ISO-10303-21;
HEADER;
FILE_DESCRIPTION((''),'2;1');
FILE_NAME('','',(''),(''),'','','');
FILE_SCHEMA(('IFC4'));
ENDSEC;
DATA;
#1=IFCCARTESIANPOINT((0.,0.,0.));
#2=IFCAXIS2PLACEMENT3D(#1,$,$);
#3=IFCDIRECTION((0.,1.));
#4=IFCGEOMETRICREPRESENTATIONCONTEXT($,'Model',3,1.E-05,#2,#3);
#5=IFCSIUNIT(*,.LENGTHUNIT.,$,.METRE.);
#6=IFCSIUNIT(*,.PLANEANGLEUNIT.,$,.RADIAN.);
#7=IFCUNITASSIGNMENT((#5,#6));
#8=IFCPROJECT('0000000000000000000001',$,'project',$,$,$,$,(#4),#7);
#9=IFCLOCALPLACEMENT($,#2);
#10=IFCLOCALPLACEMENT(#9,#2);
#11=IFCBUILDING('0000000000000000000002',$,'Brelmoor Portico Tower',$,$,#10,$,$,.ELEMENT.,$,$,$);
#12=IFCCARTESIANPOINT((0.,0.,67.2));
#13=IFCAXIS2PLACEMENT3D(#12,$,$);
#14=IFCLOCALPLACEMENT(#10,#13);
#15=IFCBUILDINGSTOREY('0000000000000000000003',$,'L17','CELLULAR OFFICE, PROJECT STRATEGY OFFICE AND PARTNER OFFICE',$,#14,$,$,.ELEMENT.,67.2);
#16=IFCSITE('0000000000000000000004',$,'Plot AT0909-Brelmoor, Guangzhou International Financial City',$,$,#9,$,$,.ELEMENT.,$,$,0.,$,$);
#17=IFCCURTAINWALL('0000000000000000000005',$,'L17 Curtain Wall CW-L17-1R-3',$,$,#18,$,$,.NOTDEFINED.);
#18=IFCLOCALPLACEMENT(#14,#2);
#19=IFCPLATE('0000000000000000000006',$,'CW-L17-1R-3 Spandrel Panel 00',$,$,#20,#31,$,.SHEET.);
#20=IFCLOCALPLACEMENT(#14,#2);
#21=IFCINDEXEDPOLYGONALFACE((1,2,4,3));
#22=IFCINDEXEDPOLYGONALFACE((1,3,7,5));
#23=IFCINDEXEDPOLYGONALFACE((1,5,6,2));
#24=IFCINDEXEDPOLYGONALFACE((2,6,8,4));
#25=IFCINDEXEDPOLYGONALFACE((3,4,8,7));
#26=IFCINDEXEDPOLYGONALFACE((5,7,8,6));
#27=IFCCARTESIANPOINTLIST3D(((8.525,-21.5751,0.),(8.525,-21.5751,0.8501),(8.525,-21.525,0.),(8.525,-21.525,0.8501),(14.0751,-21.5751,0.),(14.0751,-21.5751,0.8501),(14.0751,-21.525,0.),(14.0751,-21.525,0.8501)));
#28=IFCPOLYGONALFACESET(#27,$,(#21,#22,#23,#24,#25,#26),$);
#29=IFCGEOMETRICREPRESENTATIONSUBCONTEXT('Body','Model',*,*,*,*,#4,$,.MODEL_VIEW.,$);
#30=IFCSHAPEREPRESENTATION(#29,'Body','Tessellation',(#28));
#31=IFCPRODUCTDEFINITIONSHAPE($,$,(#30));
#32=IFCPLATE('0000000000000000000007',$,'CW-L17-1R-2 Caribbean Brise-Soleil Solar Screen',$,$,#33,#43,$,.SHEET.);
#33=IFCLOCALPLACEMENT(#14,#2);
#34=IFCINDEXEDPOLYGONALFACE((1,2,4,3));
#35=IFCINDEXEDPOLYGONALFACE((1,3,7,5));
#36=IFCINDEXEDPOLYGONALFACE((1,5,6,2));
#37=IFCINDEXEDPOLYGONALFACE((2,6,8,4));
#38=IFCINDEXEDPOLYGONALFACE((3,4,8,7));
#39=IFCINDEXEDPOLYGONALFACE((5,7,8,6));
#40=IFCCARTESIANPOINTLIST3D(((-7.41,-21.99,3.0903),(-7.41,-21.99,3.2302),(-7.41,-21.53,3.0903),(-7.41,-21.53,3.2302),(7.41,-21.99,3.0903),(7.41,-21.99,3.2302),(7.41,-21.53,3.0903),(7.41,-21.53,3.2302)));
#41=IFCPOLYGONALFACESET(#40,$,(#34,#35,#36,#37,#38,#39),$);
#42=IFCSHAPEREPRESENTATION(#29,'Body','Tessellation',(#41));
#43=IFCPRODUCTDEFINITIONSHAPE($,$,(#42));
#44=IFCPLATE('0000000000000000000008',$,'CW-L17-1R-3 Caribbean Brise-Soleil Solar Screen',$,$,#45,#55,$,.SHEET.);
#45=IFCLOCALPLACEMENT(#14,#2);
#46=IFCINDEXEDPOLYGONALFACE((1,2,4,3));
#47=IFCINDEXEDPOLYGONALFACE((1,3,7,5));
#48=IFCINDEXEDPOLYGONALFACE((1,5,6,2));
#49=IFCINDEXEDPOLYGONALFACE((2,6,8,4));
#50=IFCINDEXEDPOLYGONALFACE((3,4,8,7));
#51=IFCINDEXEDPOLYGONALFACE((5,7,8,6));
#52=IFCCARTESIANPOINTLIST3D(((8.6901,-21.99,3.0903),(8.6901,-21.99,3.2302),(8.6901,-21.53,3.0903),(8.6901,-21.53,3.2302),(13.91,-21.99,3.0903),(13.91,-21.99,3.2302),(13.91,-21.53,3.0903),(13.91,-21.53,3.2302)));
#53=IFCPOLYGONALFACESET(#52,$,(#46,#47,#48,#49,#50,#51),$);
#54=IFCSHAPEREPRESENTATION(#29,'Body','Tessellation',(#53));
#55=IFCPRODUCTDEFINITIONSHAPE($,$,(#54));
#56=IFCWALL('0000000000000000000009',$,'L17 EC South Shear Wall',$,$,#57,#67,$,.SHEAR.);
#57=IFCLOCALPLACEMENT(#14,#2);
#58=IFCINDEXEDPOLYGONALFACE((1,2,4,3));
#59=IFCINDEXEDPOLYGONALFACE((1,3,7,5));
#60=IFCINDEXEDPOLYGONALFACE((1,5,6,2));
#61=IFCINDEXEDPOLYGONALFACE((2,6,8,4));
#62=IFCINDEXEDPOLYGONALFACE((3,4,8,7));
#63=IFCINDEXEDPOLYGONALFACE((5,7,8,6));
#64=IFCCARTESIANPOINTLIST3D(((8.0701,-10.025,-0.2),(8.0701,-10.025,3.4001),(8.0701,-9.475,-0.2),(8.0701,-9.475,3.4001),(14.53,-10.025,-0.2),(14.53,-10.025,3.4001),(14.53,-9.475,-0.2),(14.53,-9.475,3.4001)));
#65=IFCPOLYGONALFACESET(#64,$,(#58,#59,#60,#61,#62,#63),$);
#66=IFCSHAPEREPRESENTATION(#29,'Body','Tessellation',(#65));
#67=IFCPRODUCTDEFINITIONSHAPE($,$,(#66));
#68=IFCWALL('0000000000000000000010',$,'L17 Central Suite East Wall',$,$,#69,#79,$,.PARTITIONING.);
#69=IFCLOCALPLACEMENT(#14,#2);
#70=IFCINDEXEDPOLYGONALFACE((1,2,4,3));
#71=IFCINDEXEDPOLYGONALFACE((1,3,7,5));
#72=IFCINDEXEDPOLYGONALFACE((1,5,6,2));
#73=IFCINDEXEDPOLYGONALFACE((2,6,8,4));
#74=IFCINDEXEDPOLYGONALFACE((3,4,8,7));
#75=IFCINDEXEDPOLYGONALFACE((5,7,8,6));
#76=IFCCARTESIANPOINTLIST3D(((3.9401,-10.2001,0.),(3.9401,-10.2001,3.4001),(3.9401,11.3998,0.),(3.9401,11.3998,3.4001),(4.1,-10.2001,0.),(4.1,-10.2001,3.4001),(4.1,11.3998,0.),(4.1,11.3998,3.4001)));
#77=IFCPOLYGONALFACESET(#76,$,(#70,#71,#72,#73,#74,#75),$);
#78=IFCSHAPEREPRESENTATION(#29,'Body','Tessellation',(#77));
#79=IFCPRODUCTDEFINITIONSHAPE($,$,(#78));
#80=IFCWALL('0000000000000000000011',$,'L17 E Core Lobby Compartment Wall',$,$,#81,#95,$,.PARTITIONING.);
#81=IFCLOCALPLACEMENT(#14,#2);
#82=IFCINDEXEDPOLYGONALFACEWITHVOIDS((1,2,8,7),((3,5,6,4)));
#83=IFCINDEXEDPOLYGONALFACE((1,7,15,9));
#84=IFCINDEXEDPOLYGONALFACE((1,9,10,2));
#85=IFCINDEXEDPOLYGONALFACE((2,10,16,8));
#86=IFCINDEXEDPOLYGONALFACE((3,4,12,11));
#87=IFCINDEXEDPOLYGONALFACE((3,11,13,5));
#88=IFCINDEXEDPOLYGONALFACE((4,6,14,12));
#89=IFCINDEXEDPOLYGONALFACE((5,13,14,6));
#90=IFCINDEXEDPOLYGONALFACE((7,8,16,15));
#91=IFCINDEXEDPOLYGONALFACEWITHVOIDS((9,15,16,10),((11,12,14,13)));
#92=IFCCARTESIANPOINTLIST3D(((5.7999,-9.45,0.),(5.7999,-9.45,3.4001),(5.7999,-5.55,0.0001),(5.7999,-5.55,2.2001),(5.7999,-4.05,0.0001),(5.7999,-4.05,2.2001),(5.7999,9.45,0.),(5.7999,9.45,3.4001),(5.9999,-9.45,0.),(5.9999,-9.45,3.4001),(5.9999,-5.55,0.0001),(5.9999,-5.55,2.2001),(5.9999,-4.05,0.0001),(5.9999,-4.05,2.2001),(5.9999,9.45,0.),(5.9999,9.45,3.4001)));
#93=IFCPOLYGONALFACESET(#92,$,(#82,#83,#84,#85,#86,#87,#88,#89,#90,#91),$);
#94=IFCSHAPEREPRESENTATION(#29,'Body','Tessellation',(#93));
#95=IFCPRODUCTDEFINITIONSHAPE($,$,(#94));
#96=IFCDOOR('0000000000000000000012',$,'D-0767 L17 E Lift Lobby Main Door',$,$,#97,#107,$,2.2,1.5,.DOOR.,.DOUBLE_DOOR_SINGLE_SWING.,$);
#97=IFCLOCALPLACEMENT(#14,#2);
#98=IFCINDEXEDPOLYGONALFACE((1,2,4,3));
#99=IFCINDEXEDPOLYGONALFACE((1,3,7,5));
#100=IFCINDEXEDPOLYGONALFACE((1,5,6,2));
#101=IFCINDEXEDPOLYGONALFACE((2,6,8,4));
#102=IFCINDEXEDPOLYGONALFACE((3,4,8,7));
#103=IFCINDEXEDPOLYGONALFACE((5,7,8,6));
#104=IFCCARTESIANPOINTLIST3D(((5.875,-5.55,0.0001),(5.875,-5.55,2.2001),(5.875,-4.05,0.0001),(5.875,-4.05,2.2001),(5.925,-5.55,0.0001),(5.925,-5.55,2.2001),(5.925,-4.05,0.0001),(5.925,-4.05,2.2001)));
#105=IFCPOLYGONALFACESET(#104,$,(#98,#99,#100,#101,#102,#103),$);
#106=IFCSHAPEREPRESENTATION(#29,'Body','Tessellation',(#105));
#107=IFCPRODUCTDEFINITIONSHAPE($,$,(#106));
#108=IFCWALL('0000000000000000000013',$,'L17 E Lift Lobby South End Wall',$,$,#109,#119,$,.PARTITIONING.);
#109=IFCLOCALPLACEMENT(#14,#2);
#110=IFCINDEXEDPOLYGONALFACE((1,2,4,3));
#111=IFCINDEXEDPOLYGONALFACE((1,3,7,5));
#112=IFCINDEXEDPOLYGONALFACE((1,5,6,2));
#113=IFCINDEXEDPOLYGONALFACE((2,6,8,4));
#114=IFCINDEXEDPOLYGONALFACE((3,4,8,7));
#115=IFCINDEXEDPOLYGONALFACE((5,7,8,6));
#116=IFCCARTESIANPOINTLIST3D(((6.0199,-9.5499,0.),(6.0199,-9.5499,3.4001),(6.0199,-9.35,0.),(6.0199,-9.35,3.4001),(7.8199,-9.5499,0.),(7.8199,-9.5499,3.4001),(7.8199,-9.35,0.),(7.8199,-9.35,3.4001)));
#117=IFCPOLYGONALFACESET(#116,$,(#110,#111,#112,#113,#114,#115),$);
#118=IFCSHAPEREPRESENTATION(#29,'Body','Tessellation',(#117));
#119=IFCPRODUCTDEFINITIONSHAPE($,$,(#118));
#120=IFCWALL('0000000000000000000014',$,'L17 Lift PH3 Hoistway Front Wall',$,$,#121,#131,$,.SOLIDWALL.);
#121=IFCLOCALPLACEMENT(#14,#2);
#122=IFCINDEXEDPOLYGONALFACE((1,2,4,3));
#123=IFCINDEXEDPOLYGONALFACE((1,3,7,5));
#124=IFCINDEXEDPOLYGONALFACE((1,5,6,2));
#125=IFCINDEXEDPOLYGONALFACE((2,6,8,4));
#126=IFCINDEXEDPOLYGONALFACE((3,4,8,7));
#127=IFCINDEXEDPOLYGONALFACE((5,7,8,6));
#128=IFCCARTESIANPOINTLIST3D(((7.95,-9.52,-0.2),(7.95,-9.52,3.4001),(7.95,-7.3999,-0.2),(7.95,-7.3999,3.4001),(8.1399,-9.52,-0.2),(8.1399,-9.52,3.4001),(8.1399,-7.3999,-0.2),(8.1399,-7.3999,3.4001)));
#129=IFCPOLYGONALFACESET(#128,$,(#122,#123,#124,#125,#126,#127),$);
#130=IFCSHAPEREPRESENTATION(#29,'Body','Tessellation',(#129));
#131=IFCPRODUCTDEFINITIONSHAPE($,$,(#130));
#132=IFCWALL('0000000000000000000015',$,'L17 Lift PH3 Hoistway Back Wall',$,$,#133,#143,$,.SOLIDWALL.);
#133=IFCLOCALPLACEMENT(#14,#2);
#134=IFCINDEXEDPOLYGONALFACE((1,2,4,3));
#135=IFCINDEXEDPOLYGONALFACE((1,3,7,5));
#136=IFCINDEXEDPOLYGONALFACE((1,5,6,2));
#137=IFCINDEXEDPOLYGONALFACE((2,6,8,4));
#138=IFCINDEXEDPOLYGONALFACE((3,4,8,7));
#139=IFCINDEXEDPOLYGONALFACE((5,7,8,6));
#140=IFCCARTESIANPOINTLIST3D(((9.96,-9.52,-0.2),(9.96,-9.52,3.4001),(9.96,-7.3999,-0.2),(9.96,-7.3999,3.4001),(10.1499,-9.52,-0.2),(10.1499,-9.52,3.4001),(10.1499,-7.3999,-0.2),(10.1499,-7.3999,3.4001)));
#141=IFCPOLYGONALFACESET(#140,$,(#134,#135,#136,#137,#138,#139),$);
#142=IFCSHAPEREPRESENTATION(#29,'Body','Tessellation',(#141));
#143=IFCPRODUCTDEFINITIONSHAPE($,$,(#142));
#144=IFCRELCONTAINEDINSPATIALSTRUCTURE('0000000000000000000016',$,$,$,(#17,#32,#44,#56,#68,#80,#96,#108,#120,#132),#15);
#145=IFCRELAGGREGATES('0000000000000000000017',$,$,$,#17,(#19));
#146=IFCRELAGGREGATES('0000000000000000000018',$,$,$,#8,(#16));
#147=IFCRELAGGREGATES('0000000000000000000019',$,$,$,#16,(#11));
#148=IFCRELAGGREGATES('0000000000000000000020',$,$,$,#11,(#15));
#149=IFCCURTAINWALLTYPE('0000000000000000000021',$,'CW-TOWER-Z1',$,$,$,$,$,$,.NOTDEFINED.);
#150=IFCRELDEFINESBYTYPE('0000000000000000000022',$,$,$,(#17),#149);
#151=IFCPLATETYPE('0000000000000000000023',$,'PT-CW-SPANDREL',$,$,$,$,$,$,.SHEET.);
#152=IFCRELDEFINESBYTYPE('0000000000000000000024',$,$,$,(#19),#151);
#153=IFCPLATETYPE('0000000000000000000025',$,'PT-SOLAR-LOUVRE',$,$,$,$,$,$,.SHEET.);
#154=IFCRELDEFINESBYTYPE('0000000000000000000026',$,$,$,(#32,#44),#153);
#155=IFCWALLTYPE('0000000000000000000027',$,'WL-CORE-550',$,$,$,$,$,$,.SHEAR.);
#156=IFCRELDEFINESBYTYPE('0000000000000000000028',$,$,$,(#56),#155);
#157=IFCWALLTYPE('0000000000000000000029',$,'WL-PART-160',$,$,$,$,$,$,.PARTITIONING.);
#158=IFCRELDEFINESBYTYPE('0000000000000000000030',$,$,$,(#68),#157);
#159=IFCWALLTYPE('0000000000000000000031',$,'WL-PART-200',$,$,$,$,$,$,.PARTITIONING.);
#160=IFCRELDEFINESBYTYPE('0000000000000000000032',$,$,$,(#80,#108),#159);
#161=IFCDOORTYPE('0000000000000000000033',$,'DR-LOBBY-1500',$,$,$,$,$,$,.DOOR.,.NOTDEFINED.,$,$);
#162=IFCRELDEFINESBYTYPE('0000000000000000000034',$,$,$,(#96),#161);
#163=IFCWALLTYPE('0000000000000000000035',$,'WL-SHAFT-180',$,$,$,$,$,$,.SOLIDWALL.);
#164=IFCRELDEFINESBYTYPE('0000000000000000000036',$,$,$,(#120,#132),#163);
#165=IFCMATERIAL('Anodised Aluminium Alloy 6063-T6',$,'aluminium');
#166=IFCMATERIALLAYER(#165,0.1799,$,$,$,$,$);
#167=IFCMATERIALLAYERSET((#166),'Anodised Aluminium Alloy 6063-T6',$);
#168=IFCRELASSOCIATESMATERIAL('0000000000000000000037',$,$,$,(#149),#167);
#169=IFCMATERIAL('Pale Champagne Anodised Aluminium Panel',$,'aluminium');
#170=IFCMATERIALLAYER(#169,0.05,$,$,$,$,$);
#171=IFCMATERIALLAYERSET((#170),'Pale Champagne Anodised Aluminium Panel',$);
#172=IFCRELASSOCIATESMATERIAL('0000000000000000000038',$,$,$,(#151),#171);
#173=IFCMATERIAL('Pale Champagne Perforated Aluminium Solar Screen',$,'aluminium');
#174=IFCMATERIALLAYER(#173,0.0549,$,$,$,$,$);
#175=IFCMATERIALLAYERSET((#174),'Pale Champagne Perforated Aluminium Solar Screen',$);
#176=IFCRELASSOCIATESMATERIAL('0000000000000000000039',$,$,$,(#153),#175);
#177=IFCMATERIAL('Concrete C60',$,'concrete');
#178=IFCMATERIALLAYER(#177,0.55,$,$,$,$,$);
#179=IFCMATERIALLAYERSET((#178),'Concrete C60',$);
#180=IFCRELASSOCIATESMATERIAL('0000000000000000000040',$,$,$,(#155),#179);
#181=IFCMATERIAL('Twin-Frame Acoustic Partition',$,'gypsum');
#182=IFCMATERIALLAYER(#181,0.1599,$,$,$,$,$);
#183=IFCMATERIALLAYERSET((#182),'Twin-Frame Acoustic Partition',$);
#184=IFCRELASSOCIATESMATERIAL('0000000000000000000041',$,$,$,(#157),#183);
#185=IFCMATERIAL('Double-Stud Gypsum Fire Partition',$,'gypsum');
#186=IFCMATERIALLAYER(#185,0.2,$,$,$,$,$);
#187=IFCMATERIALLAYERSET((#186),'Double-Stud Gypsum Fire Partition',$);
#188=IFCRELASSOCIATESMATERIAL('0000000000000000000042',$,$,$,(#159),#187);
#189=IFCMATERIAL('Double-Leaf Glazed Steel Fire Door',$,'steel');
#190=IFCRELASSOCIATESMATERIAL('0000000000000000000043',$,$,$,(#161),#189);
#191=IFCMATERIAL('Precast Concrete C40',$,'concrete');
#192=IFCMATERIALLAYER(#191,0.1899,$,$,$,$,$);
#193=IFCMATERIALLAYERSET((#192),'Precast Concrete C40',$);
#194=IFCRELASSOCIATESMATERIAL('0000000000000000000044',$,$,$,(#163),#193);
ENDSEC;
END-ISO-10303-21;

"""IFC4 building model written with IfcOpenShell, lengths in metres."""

from ifc_helpers import new_model, si_unit, direction, frame, frame_2d, origin, origin_2d, place, context, subcontext, project, spatial, rectangle, extrude, material, layer, layer_set, type_object, element, fill, aggregate, save


model = new_model("IFC4")

# Units and contexts
model_context = context("Model", 3, precision=1e-05, world=origin(), true_north=direction((0.0, 1.0)))
body_context = subcontext(model_context, "Body", "Model", "MODEL_VIEW")
ifc_project = project(units=[si_unit("LENGTHUNIT", "METRE"), si_unit("PLANEANGLEUNIT", "RADIAN")], contexts=[model_context])

# Site, building, storey
site_placement = place(None, origin())
site = spatial("IfcSite", under=ifc_project, at=site_placement, Name="Plot AT0909-Brelmoor, Guangzhou International Financial City", CompositionType="ELEMENT", RefElevation=0.0)
building_placement = place(site_placement, origin())
building = spatial("IfcBuilding", under=site, at=building_placement, Name="Brelmoor Portico Tower", CompositionType="ELEMENT")
storey_placement = place(building_placement, frame((0.0, 0.0, 67.2)))
storey = spatial("IfcBuildingStorey", under=building, at=storey_placement, Name="L17", Description="CELLULAR OFFICE, PROJECT STRATEGY OFFICE AND PARTNER OFFICE", CompositionType="ELEMENT", Elevation=67.2)

# Shared definitions
ifc_material_1 = material(Name="Anodised Aluminium Alloy 6063-T6", Category="aluminium")

# Curtain wall
ifc_layer_1 = layer(ifc_material_1, 0.1799)
ifc_layer_set_1 = layer_set([ifc_layer_1], Name="Anodised Aluminium Alloy 6063-T6")
curtain_wall_type_1 = type_object("IfcCurtainWallType", Name="CW-TOWER-Z1", PredefinedType="NOTDEFINED", material=ifc_layer_set_1)
curtain_wall_1_placement = place(storey_placement, origin())
curtain_wall_1 = element("IfcCurtainWall", 1, at=curtain_wall_1_placement, inside=storey, type_object=curtain_wall_type_1, Name="L17 Curtain Wall CW-L17-1R-3", PredefinedType="NOTDEFINED")

# Plate
ifc_material_2 = material(Name="Pale Champagne Anodised Aluminium Panel", Category="aluminium")
ifc_layer_2 = layer(ifc_material_2, 0.05)
ifc_layer_set_2 = layer_set([ifc_layer_2], Name="Pale Champagne Anodised Aluminium Panel")
plate_type_1 = type_object("IfcPlateType", Name="PT-CW-SPANDREL", PredefinedType="SHEET", material=ifc_layer_set_2)
plate_1_placement = place(storey_placement, frame((11.3, -21.55, 0.0), z_axis=(0.0, 0.0, 1.0), x_axis=(1.0, 0.0, 0.0)))
plate_1 = element("IfcPlate", 2, at=plate_1_placement, type_object=plate_type_1, Name="CW-L17-1R-3 Spandrel Panel 00", PredefinedType="SHEET", context=body_context, shape_type="SweptSolid", body=[
    extrude(rectangle(XDim=5.55, YDim=0.05, at=origin_2d()), origin(), (0.0, 0.0, 1.0), 0.8501),
])
aggregate(curtain_wall_1, [plate_1])

# Plates
ifc_material_3 = material(Name="Pale Champagne Perforated Aluminium Solar Screen", Category="aluminium")
ifc_layer_3 = layer(ifc_material_3, 0.0549)
ifc_layer_set_3 = layer_set([ifc_layer_3], Name="Pale Champagne Perforated Aluminium Solar Screen")
plate_type_2 = type_object("IfcPlateType", Name="PT-SOLAR-LOUVRE", PredefinedType="SHEET", material=ifc_layer_set_3)
plate_2_placement = place(storey_placement, frame((0.0, -21.76, 3.0903), z_axis=(0.0, 0.0, 1.0), x_axis=(1.0, 0.0, 0.0)))
element("IfcPlate", 3, at=plate_2_placement, inside=storey, type_object=plate_type_2, Name="CW-L17-1R-2 Caribbean Brise-Soleil Solar Screen", PredefinedType="SHEET", context=body_context, shape_type="SweptSolid", body=[
    extrude(rectangle(XDim=14.8201, YDim=0.46, at=origin_2d()), origin(), (0.0, 0.0, 1.0), 0.1399),
])
plate_3_placement = place(storey_placement, frame((11.3, -21.76, 3.0903), z_axis=(0.0, 0.0, 1.0), x_axis=(1.0, 0.0, 0.0)))
element("IfcPlate", 4, at=plate_3_placement, inside=storey, type_object=plate_type_2, Name="CW-L17-1R-3 Caribbean Brise-Soleil Solar Screen", PredefinedType="SHEET", context=body_context, shape_type="SweptSolid", body=[
    extrude(rectangle(XDim=5.22, YDim=0.46, at=origin_2d()), origin(), (0.0, 0.0, 1.0), 0.1399),
])

# Wall
ifc_material_4 = material(Name="Concrete C60", Category="concrete")
ifc_layer_4 = layer(ifc_material_4, 0.55)
ifc_layer_set_4 = layer_set([ifc_layer_4], Name="Concrete C60")
wall_type_1 = type_object("IfcWallType", Name="WL-CORE-550", PredefinedType="SHEAR", material=ifc_layer_set_4)
wall_1_placement = place(storey_placement, frame((8.0701, -9.75, -0.2), z_axis=(0.0, 0.0, 1.0), x_axis=(1.0, 0.0, 0.0)))
element("IfcWall", 5, at=wall_1_placement, inside=storey, type_object=wall_type_1, Name="L17 EC South Shear Wall", PredefinedType="SHEAR", context=body_context, shape_type="SweptSolid", body=[
    extrude(rectangle(XDim=6.46, YDim=0.55, at=frame_2d((3.23, 0.0))), origin(), (0.0, 0.0, 1.0), 3.6001),
])

# Shared definitions
ifc_material_5 = material(Name="Twin-Frame Acoustic Partition", Category="gypsum")
ifc_layer_5 = layer(ifc_material_5, 0.1599)
ifc_layer_set_5 = layer_set([ifc_layer_5], Name="Twin-Frame Acoustic Partition")
wall_type_2 = type_object("IfcWallType", Name="WL-PART-160", PredefinedType="PARTITIONING", material=ifc_layer_set_5)

# Wall
wall_2_placement = place(storey_placement, frame((4.02, -10.2, 0.0), z_axis=(0.0, 0.0, 1.0), x_axis=(0.0, 1.0, 0.0)))
element("IfcWall", 6, at=wall_2_placement, inside=storey, type_object=wall_type_2, Name="L17 Central Suite East Wall", PredefinedType="PARTITIONING", context=body_context, shape_type="SweptSolid", body=[
    extrude(rectangle(XDim=21.5999, YDim=0.1599, at=frame_2d((10.7998, 0.0))), origin(), (0.0, 0.0, 1.0), 3.4001),
])

# Wall, opening, door
ifc_material_6 = material(Name="Double-Stud Gypsum Fire Partition", Category="gypsum")
ifc_layer_6 = layer(ifc_material_6, 0.2)
ifc_layer_set_6 = layer_set([ifc_layer_6], Name="Double-Stud Gypsum Fire Partition")
wall_type_3 = type_object("IfcWallType", Name="WL-PART-200", PredefinedType="PARTITIONING", material=ifc_layer_set_6)
wall_3_placement = place(storey_placement, frame((5.8999, -9.45, 0.0), z_axis=(0.0, 0.0, 1.0), x_axis=(0.0, 1.0, 0.0)))
wall_3 = element("IfcWall", 7, at=wall_3_placement, inside=storey, type_object=wall_type_3, Name="L17 E Core Lobby Compartment Wall", PredefinedType="PARTITIONING", context=body_context, shape_type="SweptSolid", body=[
    extrude(rectangle(XDim=18.8999, YDim=0.2, at=frame_2d((9.45, 0.0))), origin(), (0.0, 0.0, 1.0), 3.4001),
])
opening_1_placement = place(wall_3_placement, frame((3.8999, 0.0, 0.0)))
opening_1 = element("IfcOpeningElement", 8, at=opening_1_placement, cuts=wall_3, PredefinedType="OPENING", context=body_context, shape_type="SweptSolid", body=[
    extrude(rectangle(XDim=1.5, YDim=2.2, at=frame_2d((0.75, 1.1001))), frame((0.0, 0.1099, 0.0), z_axis=(0.0, -1.0, 0.0), x_axis=(1.0, 0.0, 0.0)), (0.0, 0.0, 1.0), 0.22),
])
ifc_material_7 = material(Name="Double-Leaf Glazed Steel Fire Door", Category="steel")
door_type_1 = type_object("IfcDoorType", Name="DR-LOBBY-1500", OperationType="NOTDEFINED", PredefinedType="DOOR", material=ifc_material_7)
door_1_placement = place(opening_1_placement, origin())
door_1 = element("IfcDoor", 9, at=door_1_placement, inside=storey, type_object=door_type_1, Name="D-0767 L17 E Lift Lobby Main Door", OperationType="DOUBLE_DOOR_SINGLE_SWING", OverallHeight=2.2, OverallWidth=1.5, PredefinedType="DOOR", context=body_context, shape_type="SweptSolid", body=[
    extrude(rectangle(XDim=1.5, YDim=2.2, at=frame_2d((0.75, 1.1001))), frame((0.0, 0.0249, 0.0), z_axis=(0.0, -1.0, 0.0), x_axis=(1.0, 0.0, 0.0)), (0.0, 0.0, 1.0), 0.05),
])
fill(opening_1, door_1)

# Walls
wall_4_placement = place(storey_placement, frame((6.02, -9.45, 0.0), z_axis=(0.0, 0.0, 1.0), x_axis=(1.0, 0.0, 0.0)))
element("IfcWall", 10, at=wall_4_placement, inside=storey, type_object=wall_type_3, Name="L17 E Lift Lobby South End Wall", PredefinedType="PARTITIONING", context=body_context, shape_type="SweptSolid", body=[
    extrude(rectangle(XDim=1.8, YDim=0.2, at=frame_2d((0.8999, 0.0))), origin(), (0.0, 0.0, 1.0), 3.4001),
])
ifc_material_8 = material(Name="Precast Concrete C40", Category="concrete")
ifc_layer_7 = layer(ifc_material_8, 0.1899)
ifc_layer_set_7 = layer_set([ifc_layer_7], Name="Precast Concrete C40")
wall_type_4 = type_object("IfcWallType", Name="WL-SHAFT-180", PredefinedType="SOLIDWALL", material=ifc_layer_set_7)
for number, where, z_axis, x_axis, name in (
    (11, (8.0449, -9.52, -0.2), (0.0, 0.0, 1.0), (0.0, 1.0, 0.0), "L17 Lift PH3 Hoistway Front Wall"),
    (12, (10.0549, -9.52, -0.2), (0.0, 0.0, 1.0), (0.0, 1.0, 0.0), "L17 Lift PH3 Hoistway Back Wall"),
):
    element("IfcWall", number, at=place(storey_placement, frame(where, z_axis=z_axis, x_axis=x_axis)), inside=storey, type_object=wall_type_4, Name=name, PredefinedType="SOLIDWALL", context=body_context, shape_type="SweptSolid", body=[
        extrude(rectangle(XDim=2.1201, YDim=0.1899, at=frame_2d((1.0601, 0.0))), origin(), (0.0, 0.0, 1.0), 3.6001),
    ])

save(model, "model.ifc")
